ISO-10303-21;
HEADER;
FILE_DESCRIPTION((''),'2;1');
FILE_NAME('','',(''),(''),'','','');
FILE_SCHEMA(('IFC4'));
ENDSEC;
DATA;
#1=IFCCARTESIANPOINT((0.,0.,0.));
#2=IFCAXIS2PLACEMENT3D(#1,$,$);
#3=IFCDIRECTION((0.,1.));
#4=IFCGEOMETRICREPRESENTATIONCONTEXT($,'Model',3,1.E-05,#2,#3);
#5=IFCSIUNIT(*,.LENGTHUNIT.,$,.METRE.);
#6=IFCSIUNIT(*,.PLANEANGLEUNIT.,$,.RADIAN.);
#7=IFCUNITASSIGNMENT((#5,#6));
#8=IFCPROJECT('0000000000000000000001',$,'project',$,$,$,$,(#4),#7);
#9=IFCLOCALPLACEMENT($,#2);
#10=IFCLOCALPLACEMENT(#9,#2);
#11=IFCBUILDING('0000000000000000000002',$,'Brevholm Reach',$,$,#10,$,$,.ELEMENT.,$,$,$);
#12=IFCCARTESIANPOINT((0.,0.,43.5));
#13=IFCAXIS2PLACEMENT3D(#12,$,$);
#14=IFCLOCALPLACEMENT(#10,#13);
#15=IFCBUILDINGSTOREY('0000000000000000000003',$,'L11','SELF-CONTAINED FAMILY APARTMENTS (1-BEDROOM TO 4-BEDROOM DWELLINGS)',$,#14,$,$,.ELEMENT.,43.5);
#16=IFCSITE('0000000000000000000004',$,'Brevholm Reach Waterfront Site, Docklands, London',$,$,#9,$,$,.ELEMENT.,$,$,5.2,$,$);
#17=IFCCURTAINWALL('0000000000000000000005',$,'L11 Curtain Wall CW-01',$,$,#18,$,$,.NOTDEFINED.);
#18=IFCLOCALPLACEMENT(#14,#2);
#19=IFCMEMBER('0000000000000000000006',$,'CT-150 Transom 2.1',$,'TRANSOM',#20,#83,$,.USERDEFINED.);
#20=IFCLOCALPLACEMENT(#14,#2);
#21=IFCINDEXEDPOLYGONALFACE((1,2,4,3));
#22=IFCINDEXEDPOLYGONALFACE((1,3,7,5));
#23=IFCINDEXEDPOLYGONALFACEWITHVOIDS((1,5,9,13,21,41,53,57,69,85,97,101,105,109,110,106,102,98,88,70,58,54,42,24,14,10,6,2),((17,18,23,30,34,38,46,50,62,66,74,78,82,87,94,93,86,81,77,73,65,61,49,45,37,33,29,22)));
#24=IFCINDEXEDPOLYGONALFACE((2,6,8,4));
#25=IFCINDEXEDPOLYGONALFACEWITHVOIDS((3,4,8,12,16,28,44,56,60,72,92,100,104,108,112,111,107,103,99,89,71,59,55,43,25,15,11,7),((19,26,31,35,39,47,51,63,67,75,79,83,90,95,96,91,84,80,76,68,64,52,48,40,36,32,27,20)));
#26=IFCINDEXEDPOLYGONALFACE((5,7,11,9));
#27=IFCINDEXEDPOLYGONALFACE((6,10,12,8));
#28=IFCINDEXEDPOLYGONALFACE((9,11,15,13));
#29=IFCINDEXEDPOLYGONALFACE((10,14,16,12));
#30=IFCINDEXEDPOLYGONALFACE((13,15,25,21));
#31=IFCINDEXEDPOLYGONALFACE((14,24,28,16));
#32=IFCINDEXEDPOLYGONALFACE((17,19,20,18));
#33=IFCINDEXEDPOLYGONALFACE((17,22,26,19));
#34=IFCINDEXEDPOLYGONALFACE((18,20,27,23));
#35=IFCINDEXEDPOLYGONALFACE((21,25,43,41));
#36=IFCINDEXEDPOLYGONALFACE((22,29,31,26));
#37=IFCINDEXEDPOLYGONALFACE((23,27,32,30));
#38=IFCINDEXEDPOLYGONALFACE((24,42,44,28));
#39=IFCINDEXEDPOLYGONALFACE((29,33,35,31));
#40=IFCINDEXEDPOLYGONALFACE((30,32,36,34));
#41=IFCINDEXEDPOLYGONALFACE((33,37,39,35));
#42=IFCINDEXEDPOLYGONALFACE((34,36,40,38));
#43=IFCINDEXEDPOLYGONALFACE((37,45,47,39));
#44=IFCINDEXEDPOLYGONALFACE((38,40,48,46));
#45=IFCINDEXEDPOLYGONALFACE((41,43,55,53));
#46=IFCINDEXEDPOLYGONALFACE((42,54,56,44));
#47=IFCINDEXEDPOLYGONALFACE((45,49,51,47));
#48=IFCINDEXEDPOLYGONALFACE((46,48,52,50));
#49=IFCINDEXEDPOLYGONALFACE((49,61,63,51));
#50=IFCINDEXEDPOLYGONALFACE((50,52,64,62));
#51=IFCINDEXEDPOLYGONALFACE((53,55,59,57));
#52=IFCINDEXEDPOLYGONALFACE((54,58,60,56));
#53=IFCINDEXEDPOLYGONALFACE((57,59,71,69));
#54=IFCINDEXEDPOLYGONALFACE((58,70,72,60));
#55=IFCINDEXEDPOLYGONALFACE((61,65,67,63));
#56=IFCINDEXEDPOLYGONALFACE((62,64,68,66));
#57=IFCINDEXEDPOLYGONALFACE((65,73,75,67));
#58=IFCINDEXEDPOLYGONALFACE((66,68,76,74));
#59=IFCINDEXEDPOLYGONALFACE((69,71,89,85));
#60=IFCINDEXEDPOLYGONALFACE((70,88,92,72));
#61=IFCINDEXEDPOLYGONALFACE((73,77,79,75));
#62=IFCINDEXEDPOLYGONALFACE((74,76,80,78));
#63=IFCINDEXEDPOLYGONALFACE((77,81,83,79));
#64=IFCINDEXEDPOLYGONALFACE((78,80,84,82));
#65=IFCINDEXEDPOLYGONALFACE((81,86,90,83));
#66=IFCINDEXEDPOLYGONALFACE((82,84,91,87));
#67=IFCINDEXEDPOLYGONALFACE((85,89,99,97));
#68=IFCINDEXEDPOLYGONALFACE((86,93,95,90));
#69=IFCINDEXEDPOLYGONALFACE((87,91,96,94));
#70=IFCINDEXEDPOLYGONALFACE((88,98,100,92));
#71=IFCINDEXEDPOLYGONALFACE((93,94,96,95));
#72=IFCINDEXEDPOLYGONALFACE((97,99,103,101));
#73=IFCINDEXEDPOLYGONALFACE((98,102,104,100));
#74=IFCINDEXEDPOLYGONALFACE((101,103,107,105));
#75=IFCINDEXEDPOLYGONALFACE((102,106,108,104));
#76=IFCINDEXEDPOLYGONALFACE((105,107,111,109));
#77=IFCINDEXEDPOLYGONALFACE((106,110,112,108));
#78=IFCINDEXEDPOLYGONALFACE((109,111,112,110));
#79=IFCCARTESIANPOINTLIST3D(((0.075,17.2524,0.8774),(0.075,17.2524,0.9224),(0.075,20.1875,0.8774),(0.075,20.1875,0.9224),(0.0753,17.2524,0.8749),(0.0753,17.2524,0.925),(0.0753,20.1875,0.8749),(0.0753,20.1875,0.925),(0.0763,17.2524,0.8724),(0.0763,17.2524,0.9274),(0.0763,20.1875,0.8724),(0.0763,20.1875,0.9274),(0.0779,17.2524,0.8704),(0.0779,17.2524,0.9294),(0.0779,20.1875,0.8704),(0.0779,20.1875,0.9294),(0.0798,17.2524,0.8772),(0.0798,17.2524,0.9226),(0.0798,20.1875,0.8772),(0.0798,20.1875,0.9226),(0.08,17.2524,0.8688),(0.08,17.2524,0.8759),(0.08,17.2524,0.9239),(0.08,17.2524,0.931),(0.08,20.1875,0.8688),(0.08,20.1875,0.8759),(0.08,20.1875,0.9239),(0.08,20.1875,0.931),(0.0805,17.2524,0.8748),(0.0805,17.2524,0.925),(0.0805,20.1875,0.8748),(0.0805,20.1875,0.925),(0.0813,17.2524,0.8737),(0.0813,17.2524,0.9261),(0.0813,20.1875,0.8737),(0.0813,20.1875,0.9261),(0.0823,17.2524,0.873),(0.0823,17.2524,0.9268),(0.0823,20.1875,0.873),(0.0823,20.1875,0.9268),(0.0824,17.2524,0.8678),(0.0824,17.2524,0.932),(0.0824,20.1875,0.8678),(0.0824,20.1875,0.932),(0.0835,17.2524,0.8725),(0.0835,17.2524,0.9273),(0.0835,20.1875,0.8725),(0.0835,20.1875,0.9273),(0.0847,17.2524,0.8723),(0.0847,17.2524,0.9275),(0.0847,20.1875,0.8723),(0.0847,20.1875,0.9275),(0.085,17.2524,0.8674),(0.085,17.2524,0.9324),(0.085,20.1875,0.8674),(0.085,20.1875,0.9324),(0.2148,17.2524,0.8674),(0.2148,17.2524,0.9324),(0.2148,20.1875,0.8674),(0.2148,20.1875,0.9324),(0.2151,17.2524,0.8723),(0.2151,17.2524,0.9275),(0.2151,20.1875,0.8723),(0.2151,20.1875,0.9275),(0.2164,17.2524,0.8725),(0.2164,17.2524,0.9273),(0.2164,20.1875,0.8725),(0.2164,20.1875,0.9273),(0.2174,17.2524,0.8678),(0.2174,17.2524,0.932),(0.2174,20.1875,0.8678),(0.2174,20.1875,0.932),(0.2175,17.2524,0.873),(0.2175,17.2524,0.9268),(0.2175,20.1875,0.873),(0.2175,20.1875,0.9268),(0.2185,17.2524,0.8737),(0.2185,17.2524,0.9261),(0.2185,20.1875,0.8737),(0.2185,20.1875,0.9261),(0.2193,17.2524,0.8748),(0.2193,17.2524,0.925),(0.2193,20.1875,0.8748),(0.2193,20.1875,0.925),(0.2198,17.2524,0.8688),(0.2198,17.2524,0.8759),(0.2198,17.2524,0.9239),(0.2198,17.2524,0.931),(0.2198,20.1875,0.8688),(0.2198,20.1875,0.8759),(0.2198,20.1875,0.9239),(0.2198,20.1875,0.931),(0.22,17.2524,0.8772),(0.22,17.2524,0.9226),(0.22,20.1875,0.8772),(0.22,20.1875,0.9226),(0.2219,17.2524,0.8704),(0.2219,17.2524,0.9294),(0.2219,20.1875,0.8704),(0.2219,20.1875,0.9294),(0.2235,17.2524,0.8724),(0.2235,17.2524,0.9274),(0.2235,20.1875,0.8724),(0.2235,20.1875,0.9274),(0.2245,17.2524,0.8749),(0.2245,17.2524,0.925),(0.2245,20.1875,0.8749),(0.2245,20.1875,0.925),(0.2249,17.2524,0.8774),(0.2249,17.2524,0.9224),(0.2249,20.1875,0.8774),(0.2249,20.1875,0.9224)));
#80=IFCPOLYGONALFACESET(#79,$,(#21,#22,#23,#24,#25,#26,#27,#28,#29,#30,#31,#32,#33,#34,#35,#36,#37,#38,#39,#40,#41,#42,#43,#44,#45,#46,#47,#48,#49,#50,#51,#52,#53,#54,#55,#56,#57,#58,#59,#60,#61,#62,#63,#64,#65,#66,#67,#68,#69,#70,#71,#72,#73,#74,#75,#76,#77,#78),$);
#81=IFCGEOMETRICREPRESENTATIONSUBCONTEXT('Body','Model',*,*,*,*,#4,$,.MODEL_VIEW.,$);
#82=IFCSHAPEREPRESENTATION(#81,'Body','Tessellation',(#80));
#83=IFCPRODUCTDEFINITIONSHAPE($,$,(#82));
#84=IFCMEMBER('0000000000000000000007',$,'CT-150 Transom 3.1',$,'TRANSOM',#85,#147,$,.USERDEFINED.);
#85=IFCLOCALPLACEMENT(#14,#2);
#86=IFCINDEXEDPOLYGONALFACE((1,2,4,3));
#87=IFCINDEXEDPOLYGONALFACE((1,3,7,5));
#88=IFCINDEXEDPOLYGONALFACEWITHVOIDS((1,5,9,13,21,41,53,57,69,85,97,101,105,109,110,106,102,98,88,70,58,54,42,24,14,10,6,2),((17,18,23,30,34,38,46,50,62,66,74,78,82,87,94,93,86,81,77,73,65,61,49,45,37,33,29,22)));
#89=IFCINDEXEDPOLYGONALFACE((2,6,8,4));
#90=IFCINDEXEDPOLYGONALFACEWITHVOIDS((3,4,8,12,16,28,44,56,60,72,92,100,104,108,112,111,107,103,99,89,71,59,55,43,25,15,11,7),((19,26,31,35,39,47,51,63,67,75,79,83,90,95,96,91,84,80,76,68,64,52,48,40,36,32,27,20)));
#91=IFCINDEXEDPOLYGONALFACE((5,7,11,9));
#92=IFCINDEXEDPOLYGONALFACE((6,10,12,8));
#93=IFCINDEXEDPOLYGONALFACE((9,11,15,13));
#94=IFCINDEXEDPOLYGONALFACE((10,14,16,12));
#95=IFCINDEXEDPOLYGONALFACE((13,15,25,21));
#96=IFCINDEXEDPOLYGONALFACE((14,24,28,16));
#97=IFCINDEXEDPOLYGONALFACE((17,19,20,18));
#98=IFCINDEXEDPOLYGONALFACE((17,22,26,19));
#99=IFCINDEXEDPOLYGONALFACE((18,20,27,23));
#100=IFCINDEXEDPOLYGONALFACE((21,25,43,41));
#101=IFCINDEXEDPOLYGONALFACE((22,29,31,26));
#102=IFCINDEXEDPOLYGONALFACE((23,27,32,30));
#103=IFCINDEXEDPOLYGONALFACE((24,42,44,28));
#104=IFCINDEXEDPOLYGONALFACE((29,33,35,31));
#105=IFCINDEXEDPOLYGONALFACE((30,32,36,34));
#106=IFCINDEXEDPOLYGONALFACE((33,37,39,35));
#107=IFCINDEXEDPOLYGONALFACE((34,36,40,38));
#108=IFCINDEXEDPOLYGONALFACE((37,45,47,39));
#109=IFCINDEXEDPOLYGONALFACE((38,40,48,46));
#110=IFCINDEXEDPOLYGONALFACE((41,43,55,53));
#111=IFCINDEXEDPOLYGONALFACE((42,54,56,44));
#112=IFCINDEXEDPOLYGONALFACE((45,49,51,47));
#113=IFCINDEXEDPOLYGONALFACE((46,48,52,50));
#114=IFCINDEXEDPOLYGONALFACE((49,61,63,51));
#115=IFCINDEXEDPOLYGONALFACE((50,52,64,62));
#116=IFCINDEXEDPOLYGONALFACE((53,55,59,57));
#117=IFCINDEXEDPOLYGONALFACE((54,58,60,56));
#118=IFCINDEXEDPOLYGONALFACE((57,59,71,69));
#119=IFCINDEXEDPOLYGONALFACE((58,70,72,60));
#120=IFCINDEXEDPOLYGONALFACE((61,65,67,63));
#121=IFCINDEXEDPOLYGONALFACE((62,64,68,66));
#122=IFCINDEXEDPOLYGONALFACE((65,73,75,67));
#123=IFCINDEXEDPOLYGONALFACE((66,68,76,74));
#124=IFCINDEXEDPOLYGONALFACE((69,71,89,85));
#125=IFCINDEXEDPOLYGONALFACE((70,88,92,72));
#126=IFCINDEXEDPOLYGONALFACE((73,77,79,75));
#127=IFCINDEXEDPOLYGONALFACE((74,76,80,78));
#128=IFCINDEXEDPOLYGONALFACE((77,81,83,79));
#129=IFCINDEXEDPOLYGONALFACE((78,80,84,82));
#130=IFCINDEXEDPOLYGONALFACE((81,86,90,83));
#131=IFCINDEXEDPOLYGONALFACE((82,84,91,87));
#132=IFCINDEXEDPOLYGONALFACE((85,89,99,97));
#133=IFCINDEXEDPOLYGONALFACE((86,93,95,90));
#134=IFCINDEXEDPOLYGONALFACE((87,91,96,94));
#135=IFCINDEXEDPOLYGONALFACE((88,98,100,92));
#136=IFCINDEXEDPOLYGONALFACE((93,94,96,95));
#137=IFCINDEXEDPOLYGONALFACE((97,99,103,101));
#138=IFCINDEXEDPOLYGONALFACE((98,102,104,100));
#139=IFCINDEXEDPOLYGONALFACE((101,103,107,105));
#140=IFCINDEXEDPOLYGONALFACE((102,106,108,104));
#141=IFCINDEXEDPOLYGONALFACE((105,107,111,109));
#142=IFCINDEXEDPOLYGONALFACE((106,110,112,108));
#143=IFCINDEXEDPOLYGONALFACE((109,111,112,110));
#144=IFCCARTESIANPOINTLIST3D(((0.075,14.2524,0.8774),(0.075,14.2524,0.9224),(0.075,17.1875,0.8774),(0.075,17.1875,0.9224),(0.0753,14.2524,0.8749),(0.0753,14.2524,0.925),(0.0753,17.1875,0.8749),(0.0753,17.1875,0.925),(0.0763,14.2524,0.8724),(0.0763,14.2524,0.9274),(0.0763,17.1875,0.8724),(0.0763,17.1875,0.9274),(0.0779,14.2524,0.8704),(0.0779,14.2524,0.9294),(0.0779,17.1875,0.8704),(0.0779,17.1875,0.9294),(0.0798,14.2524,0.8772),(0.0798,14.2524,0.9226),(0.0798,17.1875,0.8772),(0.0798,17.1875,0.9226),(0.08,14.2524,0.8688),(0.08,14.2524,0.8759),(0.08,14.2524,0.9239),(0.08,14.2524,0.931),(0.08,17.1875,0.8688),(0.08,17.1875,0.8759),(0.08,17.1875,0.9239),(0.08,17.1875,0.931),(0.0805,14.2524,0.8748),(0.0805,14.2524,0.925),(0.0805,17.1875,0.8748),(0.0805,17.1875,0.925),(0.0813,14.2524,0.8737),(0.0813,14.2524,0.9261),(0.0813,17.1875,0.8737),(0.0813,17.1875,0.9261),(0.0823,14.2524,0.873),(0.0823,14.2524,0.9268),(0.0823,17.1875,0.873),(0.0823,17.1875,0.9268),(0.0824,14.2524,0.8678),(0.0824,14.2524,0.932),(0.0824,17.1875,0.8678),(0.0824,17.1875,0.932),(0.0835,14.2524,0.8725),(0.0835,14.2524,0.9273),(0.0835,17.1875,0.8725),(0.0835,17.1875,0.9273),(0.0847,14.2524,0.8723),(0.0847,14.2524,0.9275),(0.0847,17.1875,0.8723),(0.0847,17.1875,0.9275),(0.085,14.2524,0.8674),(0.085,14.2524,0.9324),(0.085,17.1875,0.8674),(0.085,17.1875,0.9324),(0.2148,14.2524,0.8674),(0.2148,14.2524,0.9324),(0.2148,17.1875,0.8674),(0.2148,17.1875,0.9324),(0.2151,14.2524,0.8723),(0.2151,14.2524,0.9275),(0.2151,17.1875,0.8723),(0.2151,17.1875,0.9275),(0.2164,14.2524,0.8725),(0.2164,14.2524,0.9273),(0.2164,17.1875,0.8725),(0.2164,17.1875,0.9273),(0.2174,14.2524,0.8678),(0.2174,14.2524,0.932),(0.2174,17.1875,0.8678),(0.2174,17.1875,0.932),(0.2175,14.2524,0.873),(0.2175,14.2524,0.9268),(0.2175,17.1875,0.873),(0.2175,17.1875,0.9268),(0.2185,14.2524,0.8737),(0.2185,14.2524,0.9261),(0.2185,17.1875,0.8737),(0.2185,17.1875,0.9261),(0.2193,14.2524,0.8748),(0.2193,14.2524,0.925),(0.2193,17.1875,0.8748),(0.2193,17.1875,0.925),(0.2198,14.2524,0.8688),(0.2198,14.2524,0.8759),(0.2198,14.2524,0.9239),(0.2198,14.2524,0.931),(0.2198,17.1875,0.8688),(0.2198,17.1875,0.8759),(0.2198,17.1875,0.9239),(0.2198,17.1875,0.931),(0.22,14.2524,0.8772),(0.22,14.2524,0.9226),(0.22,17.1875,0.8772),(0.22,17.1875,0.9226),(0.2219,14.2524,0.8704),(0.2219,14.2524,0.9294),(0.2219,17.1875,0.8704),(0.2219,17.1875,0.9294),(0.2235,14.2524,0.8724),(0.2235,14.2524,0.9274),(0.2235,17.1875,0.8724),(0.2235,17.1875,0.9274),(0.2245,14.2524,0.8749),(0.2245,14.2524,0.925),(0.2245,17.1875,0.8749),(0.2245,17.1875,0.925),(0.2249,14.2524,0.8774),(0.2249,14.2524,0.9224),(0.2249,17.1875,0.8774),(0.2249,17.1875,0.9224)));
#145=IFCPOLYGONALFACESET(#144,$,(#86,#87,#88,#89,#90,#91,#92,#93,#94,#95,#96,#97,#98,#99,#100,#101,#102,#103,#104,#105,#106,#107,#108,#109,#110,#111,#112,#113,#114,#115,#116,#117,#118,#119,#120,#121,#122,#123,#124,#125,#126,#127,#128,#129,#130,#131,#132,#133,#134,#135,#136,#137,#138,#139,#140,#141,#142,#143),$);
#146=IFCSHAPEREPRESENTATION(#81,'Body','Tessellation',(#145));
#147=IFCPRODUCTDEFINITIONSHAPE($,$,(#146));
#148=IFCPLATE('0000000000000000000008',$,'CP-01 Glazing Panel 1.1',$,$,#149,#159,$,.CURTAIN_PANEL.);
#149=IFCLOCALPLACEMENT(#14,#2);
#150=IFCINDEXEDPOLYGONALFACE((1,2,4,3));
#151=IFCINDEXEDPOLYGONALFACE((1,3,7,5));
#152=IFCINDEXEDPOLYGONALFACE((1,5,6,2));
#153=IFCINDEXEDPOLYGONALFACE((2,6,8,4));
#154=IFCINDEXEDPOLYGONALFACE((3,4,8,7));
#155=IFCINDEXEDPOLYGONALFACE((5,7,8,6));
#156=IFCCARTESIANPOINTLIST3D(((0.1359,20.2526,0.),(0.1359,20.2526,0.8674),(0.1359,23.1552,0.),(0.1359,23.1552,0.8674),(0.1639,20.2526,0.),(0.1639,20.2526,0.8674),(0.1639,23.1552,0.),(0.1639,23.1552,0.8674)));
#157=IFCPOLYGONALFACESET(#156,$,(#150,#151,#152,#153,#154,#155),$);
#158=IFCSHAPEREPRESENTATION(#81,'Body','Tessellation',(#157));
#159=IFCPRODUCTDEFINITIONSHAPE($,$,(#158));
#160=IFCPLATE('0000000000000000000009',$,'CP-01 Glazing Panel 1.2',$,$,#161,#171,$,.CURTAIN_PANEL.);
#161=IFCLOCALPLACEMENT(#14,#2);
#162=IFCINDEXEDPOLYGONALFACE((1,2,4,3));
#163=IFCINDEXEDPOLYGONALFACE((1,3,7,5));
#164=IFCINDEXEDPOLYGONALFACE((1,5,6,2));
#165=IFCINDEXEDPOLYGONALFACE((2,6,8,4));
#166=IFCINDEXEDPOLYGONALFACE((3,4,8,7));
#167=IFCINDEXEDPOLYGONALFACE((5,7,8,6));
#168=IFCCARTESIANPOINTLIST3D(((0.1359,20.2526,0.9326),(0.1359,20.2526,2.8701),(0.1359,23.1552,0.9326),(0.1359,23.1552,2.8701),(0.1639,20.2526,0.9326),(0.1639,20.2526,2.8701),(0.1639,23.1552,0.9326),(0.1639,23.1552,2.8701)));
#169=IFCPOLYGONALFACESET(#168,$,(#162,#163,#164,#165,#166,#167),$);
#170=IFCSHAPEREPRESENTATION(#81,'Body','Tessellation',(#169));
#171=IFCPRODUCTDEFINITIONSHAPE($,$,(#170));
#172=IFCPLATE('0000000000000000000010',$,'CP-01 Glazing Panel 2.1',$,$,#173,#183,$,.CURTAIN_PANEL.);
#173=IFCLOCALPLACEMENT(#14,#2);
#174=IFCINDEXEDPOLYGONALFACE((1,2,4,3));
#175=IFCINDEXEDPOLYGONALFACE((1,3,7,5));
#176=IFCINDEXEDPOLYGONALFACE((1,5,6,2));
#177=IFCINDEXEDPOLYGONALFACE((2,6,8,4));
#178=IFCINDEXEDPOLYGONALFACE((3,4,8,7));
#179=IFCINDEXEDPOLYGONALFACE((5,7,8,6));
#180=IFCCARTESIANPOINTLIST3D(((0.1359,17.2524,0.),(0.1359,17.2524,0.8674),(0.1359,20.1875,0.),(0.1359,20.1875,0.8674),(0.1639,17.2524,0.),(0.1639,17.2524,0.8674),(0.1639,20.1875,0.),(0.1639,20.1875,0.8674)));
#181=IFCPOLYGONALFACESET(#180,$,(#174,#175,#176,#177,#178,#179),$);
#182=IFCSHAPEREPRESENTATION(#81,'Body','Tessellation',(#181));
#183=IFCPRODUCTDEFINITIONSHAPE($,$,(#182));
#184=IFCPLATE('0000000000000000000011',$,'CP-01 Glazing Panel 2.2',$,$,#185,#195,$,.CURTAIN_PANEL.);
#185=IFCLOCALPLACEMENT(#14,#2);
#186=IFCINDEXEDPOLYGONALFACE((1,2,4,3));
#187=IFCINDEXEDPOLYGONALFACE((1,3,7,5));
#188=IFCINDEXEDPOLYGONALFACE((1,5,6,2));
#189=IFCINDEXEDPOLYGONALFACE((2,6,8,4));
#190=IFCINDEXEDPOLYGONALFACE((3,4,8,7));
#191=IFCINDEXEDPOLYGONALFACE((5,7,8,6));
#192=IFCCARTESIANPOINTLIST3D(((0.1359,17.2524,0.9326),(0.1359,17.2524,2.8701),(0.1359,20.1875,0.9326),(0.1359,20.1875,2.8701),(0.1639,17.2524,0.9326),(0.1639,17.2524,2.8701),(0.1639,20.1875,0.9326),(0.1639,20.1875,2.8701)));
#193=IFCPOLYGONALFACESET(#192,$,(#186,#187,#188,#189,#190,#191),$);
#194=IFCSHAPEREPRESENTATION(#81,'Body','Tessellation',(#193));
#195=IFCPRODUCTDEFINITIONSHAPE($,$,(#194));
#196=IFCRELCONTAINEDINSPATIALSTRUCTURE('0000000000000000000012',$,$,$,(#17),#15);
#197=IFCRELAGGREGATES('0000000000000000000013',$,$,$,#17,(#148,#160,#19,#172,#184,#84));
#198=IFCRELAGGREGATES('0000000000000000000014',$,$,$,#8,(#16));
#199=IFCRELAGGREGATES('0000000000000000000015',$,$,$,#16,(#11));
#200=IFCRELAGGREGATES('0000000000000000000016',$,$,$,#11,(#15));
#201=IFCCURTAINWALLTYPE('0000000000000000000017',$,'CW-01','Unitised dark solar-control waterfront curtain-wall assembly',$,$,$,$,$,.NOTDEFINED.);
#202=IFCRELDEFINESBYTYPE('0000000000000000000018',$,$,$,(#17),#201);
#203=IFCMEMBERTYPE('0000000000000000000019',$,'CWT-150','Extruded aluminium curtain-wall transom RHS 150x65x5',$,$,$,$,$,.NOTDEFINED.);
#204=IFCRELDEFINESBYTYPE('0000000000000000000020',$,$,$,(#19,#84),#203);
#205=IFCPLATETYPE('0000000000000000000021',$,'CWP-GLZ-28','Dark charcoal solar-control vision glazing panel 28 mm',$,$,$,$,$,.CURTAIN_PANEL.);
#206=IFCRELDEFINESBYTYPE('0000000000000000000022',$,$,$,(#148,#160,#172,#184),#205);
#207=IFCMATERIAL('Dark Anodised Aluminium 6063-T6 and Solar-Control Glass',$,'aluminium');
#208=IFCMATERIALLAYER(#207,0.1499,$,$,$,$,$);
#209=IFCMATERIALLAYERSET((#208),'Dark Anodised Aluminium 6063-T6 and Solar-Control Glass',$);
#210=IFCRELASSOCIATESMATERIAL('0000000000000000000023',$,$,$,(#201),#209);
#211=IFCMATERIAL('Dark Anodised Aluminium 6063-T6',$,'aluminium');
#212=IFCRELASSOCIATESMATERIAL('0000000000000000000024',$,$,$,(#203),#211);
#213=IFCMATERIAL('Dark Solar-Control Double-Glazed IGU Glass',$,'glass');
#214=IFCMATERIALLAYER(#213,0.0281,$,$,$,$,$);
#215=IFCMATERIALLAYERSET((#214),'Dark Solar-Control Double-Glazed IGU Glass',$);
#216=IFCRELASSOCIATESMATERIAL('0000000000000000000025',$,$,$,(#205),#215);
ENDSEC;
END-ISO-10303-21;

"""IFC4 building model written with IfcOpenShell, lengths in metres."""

from ifc_helpers import new_model, si_unit, direction, frame, origin, origin_2d, place, context, subcontext, project, spatial, rectangle, hollow_rectangle, extrude, material, layer, layer_set, material_profile, profile_set, type_object, element, aggregate, save


model = new_model("IFC4")

# Units and contexts
model_context = context("Model", 3, precision=1e-05, world=origin(), true_north=direction((0.0, 1.0)))
body_context = subcontext(model_context, "Body", "Model", "MODEL_VIEW")
ifc_project = project(units=[si_unit("LENGTHUNIT", "METRE"), si_unit("PLANEANGLEUNIT", "RADIAN")], contexts=[model_context])

# Site, building, storey
site_placement = place(None, origin())
site = spatial("IfcSite", under=ifc_project, at=site_placement, Name="Brevholm Reach Waterfront Site, Docklands, London", CompositionType="ELEMENT", RefElevation=5.2)
building_placement = place(site_placement, origin())
building = spatial("IfcBuilding", under=site, at=building_placement, Name="Brevholm Reach", CompositionType="ELEMENT")
storey_placement = place(building_placement, frame((0.0, 0.0, 43.5)))
storey = spatial("IfcBuildingStorey", under=building, at=storey_placement, Name="L11", Description="SELF-CONTAINED FAMILY APARTMENTS (1-BEDROOM TO 4-BEDROOM DWELLINGS)", CompositionType="ELEMENT", Elevation=43.5)

# Curtain wall, members, plates
ifc_material_1 = material(Name="Dark Anodised Aluminium 6063-T6 and Solar-Control Glass", Category="aluminium")
ifc_layer_1 = layer(ifc_material_1, 0.1499)
ifc_layer_set_1 = layer_set([ifc_layer_1], Name="Dark Anodised Aluminium 6063-T6 and Solar-Control Glass")
curtain_wall_type = type_object("IfcCurtainWallType", Name="CW-01", Description="Unitised dark solar-control waterfront curtain-wall assembly", PredefinedType="NOTDEFINED", material=ifc_layer_set_1)
curtain_wall_placement = place(storey_placement, origin())
curtain_wall = element("IfcCurtainWall", 1, at=curtain_wall_placement, inside=storey, type_object=curtain_wall_type, Name="L11 Curtain Wall CW-01", PredefinedType="NOTDEFINED")
ifc_material_2 = material(Name="Dark Anodised Aluminium 6063-T6", Category="aluminium")
ifc_material_profile_1 = material_profile(ifc_material_2, hollow_rectangle(XDim=0.0649, YDim=0.1499, WallThickness=0.0049, InnerFilletRadius=0.0049, OuterFilletRadius=0.01, at=origin_2d()), Name="RHS 150x65x5")
ifc_profile_set_1 = profile_set([ifc_material_profile_1], Name="Dark Anodised Aluminium 6063-T6")
member_type_1 = type_object("IfcMemberType", Name="CWT-150", Description="Extruded aluminium curtain-wall transom RHS 150x65x5", PredefinedType="NOTDEFINED", material=ifc_profile_set_1)
member_1_placement = place(storey_placement, frame((0.1499, 20.1875, 0.8999), z_axis=(0.0, -1.0, 0.0), x_axis=(0.0, 0.0, 1.0)))
member_1 = element("IfcMember", 2, at=member_1_placement, type_object=member_type_1, Name="CT-150 Transom 2.1", ObjectType="TRANSOM", PredefinedType="USERDEFINED", context=body_context, shape_type="SweptSolid", body=[
    extrude(hollow_rectangle(XDim=0.0649, YDim=0.1499, WallThickness=0.0049, InnerFilletRadius=0.0049, OuterFilletRadius=0.01, at=origin_2d()), origin(), (0.0, 0.0, 1.0), 2.9351),
])
member_2_placement = place(storey_placement, frame((0.1499, 17.1875, 0.8999), z_axis=(0.0, -1.0, 0.0), x_axis=(0.0, 0.0, 1.0)))
member_2 = element("IfcMember", 3, at=member_2_placement, type_object=member_type_1, Name="CT-150 Transom 3.1", ObjectType="TRANSOM", PredefinedType="USERDEFINED", context=body_context, shape_type="SweptSolid", body=[
    extrude(hollow_rectangle(XDim=0.0649, YDim=0.1499, WallThickness=0.0049, InnerFilletRadius=0.0049, OuterFilletRadius=0.01, at=origin_2d()), origin(), (0.0, 0.0, 1.0), 2.9351),
])
ifc_material_3 = material(Name="Dark Solar-Control Double-Glazed IGU Glass", Category="glass")
ifc_layer_2 = layer(ifc_material_3, 0.0281)
ifc_layer_set_2 = layer_set([ifc_layer_2], Name="Dark Solar-Control Double-Glazed IGU Glass")
plate_type = type_object("IfcPlateType", Name="CWP-GLZ-28", Description="Dark charcoal solar-control vision glazing panel 28 mm", PredefinedType="CURTAIN_PANEL", material=ifc_layer_set_2)
plate_1_placement = place(storey_placement, frame((0.1499, 21.7039, 0.0), z_axis=(0.0, 0.0, 1.0), x_axis=(0.0, -1.0, 0.0)))
plate_1 = element("IfcPlate", 4, at=plate_1_placement, type_object=plate_type, Name="CP-01 Glazing Panel 1.1", PredefinedType="CURTAIN_PANEL", context=body_context, shape_type="SweptSolid", body=[
    extrude(rectangle(XDim=2.9026, YDim=0.0281, at=origin_2d()), origin(), (0.0, 0.0, 1.0), 0.8674),
])
plate_2_placement = place(storey_placement, frame((0.1499, 21.7039, 0.9326), z_axis=(0.0, 0.0, 1.0), x_axis=(0.0, -1.0, 0.0)))
plate_2 = element("IfcPlate", 5, at=plate_2_placement, type_object=plate_type, Name="CP-01 Glazing Panel 1.2", PredefinedType="CURTAIN_PANEL", context=body_context, shape_type="SweptSolid", body=[
    extrude(rectangle(XDim=2.9026, YDim=0.0281, at=origin_2d()), origin(), (0.0, 0.0, 1.0), 1.9375),
])
plate_3_placement = place(storey_placement, frame((0.1499, 18.72, 0.0), z_axis=(0.0, 0.0, 1.0), x_axis=(0.0, -1.0, 0.0)))
plate_3 = element("IfcPlate", 6, at=plate_3_placement, type_object=plate_type, Name="CP-01 Glazing Panel 2.1", PredefinedType="CURTAIN_PANEL", context=body_context, shape_type="SweptSolid", body=[
    extrude(rectangle(XDim=2.9351, YDim=0.0281, at=origin_2d()), origin(), (0.0, 0.0, 1.0), 0.8674),
])
plate_4_placement = place(storey_placement, frame((0.1499, 18.72, 0.9326), z_axis=(0.0, 0.0, 1.0), x_axis=(0.0, -1.0, 0.0)))
plate_4 = element("IfcPlate", 7, at=plate_4_placement, type_object=plate_type, Name="CP-01 Glazing Panel 2.2", PredefinedType="CURTAIN_PANEL", context=body_context, shape_type="SweptSolid", body=[
    extrude(rectangle(XDim=2.9351, YDim=0.0281, at=origin_2d()), origin(), (0.0, 0.0, 1.0), 1.9375),
])
aggregate(curtain_wall, [plate_1, plate_2, member_1, plate_3, plate_4, member_2])

save(model, "model.ifc")
